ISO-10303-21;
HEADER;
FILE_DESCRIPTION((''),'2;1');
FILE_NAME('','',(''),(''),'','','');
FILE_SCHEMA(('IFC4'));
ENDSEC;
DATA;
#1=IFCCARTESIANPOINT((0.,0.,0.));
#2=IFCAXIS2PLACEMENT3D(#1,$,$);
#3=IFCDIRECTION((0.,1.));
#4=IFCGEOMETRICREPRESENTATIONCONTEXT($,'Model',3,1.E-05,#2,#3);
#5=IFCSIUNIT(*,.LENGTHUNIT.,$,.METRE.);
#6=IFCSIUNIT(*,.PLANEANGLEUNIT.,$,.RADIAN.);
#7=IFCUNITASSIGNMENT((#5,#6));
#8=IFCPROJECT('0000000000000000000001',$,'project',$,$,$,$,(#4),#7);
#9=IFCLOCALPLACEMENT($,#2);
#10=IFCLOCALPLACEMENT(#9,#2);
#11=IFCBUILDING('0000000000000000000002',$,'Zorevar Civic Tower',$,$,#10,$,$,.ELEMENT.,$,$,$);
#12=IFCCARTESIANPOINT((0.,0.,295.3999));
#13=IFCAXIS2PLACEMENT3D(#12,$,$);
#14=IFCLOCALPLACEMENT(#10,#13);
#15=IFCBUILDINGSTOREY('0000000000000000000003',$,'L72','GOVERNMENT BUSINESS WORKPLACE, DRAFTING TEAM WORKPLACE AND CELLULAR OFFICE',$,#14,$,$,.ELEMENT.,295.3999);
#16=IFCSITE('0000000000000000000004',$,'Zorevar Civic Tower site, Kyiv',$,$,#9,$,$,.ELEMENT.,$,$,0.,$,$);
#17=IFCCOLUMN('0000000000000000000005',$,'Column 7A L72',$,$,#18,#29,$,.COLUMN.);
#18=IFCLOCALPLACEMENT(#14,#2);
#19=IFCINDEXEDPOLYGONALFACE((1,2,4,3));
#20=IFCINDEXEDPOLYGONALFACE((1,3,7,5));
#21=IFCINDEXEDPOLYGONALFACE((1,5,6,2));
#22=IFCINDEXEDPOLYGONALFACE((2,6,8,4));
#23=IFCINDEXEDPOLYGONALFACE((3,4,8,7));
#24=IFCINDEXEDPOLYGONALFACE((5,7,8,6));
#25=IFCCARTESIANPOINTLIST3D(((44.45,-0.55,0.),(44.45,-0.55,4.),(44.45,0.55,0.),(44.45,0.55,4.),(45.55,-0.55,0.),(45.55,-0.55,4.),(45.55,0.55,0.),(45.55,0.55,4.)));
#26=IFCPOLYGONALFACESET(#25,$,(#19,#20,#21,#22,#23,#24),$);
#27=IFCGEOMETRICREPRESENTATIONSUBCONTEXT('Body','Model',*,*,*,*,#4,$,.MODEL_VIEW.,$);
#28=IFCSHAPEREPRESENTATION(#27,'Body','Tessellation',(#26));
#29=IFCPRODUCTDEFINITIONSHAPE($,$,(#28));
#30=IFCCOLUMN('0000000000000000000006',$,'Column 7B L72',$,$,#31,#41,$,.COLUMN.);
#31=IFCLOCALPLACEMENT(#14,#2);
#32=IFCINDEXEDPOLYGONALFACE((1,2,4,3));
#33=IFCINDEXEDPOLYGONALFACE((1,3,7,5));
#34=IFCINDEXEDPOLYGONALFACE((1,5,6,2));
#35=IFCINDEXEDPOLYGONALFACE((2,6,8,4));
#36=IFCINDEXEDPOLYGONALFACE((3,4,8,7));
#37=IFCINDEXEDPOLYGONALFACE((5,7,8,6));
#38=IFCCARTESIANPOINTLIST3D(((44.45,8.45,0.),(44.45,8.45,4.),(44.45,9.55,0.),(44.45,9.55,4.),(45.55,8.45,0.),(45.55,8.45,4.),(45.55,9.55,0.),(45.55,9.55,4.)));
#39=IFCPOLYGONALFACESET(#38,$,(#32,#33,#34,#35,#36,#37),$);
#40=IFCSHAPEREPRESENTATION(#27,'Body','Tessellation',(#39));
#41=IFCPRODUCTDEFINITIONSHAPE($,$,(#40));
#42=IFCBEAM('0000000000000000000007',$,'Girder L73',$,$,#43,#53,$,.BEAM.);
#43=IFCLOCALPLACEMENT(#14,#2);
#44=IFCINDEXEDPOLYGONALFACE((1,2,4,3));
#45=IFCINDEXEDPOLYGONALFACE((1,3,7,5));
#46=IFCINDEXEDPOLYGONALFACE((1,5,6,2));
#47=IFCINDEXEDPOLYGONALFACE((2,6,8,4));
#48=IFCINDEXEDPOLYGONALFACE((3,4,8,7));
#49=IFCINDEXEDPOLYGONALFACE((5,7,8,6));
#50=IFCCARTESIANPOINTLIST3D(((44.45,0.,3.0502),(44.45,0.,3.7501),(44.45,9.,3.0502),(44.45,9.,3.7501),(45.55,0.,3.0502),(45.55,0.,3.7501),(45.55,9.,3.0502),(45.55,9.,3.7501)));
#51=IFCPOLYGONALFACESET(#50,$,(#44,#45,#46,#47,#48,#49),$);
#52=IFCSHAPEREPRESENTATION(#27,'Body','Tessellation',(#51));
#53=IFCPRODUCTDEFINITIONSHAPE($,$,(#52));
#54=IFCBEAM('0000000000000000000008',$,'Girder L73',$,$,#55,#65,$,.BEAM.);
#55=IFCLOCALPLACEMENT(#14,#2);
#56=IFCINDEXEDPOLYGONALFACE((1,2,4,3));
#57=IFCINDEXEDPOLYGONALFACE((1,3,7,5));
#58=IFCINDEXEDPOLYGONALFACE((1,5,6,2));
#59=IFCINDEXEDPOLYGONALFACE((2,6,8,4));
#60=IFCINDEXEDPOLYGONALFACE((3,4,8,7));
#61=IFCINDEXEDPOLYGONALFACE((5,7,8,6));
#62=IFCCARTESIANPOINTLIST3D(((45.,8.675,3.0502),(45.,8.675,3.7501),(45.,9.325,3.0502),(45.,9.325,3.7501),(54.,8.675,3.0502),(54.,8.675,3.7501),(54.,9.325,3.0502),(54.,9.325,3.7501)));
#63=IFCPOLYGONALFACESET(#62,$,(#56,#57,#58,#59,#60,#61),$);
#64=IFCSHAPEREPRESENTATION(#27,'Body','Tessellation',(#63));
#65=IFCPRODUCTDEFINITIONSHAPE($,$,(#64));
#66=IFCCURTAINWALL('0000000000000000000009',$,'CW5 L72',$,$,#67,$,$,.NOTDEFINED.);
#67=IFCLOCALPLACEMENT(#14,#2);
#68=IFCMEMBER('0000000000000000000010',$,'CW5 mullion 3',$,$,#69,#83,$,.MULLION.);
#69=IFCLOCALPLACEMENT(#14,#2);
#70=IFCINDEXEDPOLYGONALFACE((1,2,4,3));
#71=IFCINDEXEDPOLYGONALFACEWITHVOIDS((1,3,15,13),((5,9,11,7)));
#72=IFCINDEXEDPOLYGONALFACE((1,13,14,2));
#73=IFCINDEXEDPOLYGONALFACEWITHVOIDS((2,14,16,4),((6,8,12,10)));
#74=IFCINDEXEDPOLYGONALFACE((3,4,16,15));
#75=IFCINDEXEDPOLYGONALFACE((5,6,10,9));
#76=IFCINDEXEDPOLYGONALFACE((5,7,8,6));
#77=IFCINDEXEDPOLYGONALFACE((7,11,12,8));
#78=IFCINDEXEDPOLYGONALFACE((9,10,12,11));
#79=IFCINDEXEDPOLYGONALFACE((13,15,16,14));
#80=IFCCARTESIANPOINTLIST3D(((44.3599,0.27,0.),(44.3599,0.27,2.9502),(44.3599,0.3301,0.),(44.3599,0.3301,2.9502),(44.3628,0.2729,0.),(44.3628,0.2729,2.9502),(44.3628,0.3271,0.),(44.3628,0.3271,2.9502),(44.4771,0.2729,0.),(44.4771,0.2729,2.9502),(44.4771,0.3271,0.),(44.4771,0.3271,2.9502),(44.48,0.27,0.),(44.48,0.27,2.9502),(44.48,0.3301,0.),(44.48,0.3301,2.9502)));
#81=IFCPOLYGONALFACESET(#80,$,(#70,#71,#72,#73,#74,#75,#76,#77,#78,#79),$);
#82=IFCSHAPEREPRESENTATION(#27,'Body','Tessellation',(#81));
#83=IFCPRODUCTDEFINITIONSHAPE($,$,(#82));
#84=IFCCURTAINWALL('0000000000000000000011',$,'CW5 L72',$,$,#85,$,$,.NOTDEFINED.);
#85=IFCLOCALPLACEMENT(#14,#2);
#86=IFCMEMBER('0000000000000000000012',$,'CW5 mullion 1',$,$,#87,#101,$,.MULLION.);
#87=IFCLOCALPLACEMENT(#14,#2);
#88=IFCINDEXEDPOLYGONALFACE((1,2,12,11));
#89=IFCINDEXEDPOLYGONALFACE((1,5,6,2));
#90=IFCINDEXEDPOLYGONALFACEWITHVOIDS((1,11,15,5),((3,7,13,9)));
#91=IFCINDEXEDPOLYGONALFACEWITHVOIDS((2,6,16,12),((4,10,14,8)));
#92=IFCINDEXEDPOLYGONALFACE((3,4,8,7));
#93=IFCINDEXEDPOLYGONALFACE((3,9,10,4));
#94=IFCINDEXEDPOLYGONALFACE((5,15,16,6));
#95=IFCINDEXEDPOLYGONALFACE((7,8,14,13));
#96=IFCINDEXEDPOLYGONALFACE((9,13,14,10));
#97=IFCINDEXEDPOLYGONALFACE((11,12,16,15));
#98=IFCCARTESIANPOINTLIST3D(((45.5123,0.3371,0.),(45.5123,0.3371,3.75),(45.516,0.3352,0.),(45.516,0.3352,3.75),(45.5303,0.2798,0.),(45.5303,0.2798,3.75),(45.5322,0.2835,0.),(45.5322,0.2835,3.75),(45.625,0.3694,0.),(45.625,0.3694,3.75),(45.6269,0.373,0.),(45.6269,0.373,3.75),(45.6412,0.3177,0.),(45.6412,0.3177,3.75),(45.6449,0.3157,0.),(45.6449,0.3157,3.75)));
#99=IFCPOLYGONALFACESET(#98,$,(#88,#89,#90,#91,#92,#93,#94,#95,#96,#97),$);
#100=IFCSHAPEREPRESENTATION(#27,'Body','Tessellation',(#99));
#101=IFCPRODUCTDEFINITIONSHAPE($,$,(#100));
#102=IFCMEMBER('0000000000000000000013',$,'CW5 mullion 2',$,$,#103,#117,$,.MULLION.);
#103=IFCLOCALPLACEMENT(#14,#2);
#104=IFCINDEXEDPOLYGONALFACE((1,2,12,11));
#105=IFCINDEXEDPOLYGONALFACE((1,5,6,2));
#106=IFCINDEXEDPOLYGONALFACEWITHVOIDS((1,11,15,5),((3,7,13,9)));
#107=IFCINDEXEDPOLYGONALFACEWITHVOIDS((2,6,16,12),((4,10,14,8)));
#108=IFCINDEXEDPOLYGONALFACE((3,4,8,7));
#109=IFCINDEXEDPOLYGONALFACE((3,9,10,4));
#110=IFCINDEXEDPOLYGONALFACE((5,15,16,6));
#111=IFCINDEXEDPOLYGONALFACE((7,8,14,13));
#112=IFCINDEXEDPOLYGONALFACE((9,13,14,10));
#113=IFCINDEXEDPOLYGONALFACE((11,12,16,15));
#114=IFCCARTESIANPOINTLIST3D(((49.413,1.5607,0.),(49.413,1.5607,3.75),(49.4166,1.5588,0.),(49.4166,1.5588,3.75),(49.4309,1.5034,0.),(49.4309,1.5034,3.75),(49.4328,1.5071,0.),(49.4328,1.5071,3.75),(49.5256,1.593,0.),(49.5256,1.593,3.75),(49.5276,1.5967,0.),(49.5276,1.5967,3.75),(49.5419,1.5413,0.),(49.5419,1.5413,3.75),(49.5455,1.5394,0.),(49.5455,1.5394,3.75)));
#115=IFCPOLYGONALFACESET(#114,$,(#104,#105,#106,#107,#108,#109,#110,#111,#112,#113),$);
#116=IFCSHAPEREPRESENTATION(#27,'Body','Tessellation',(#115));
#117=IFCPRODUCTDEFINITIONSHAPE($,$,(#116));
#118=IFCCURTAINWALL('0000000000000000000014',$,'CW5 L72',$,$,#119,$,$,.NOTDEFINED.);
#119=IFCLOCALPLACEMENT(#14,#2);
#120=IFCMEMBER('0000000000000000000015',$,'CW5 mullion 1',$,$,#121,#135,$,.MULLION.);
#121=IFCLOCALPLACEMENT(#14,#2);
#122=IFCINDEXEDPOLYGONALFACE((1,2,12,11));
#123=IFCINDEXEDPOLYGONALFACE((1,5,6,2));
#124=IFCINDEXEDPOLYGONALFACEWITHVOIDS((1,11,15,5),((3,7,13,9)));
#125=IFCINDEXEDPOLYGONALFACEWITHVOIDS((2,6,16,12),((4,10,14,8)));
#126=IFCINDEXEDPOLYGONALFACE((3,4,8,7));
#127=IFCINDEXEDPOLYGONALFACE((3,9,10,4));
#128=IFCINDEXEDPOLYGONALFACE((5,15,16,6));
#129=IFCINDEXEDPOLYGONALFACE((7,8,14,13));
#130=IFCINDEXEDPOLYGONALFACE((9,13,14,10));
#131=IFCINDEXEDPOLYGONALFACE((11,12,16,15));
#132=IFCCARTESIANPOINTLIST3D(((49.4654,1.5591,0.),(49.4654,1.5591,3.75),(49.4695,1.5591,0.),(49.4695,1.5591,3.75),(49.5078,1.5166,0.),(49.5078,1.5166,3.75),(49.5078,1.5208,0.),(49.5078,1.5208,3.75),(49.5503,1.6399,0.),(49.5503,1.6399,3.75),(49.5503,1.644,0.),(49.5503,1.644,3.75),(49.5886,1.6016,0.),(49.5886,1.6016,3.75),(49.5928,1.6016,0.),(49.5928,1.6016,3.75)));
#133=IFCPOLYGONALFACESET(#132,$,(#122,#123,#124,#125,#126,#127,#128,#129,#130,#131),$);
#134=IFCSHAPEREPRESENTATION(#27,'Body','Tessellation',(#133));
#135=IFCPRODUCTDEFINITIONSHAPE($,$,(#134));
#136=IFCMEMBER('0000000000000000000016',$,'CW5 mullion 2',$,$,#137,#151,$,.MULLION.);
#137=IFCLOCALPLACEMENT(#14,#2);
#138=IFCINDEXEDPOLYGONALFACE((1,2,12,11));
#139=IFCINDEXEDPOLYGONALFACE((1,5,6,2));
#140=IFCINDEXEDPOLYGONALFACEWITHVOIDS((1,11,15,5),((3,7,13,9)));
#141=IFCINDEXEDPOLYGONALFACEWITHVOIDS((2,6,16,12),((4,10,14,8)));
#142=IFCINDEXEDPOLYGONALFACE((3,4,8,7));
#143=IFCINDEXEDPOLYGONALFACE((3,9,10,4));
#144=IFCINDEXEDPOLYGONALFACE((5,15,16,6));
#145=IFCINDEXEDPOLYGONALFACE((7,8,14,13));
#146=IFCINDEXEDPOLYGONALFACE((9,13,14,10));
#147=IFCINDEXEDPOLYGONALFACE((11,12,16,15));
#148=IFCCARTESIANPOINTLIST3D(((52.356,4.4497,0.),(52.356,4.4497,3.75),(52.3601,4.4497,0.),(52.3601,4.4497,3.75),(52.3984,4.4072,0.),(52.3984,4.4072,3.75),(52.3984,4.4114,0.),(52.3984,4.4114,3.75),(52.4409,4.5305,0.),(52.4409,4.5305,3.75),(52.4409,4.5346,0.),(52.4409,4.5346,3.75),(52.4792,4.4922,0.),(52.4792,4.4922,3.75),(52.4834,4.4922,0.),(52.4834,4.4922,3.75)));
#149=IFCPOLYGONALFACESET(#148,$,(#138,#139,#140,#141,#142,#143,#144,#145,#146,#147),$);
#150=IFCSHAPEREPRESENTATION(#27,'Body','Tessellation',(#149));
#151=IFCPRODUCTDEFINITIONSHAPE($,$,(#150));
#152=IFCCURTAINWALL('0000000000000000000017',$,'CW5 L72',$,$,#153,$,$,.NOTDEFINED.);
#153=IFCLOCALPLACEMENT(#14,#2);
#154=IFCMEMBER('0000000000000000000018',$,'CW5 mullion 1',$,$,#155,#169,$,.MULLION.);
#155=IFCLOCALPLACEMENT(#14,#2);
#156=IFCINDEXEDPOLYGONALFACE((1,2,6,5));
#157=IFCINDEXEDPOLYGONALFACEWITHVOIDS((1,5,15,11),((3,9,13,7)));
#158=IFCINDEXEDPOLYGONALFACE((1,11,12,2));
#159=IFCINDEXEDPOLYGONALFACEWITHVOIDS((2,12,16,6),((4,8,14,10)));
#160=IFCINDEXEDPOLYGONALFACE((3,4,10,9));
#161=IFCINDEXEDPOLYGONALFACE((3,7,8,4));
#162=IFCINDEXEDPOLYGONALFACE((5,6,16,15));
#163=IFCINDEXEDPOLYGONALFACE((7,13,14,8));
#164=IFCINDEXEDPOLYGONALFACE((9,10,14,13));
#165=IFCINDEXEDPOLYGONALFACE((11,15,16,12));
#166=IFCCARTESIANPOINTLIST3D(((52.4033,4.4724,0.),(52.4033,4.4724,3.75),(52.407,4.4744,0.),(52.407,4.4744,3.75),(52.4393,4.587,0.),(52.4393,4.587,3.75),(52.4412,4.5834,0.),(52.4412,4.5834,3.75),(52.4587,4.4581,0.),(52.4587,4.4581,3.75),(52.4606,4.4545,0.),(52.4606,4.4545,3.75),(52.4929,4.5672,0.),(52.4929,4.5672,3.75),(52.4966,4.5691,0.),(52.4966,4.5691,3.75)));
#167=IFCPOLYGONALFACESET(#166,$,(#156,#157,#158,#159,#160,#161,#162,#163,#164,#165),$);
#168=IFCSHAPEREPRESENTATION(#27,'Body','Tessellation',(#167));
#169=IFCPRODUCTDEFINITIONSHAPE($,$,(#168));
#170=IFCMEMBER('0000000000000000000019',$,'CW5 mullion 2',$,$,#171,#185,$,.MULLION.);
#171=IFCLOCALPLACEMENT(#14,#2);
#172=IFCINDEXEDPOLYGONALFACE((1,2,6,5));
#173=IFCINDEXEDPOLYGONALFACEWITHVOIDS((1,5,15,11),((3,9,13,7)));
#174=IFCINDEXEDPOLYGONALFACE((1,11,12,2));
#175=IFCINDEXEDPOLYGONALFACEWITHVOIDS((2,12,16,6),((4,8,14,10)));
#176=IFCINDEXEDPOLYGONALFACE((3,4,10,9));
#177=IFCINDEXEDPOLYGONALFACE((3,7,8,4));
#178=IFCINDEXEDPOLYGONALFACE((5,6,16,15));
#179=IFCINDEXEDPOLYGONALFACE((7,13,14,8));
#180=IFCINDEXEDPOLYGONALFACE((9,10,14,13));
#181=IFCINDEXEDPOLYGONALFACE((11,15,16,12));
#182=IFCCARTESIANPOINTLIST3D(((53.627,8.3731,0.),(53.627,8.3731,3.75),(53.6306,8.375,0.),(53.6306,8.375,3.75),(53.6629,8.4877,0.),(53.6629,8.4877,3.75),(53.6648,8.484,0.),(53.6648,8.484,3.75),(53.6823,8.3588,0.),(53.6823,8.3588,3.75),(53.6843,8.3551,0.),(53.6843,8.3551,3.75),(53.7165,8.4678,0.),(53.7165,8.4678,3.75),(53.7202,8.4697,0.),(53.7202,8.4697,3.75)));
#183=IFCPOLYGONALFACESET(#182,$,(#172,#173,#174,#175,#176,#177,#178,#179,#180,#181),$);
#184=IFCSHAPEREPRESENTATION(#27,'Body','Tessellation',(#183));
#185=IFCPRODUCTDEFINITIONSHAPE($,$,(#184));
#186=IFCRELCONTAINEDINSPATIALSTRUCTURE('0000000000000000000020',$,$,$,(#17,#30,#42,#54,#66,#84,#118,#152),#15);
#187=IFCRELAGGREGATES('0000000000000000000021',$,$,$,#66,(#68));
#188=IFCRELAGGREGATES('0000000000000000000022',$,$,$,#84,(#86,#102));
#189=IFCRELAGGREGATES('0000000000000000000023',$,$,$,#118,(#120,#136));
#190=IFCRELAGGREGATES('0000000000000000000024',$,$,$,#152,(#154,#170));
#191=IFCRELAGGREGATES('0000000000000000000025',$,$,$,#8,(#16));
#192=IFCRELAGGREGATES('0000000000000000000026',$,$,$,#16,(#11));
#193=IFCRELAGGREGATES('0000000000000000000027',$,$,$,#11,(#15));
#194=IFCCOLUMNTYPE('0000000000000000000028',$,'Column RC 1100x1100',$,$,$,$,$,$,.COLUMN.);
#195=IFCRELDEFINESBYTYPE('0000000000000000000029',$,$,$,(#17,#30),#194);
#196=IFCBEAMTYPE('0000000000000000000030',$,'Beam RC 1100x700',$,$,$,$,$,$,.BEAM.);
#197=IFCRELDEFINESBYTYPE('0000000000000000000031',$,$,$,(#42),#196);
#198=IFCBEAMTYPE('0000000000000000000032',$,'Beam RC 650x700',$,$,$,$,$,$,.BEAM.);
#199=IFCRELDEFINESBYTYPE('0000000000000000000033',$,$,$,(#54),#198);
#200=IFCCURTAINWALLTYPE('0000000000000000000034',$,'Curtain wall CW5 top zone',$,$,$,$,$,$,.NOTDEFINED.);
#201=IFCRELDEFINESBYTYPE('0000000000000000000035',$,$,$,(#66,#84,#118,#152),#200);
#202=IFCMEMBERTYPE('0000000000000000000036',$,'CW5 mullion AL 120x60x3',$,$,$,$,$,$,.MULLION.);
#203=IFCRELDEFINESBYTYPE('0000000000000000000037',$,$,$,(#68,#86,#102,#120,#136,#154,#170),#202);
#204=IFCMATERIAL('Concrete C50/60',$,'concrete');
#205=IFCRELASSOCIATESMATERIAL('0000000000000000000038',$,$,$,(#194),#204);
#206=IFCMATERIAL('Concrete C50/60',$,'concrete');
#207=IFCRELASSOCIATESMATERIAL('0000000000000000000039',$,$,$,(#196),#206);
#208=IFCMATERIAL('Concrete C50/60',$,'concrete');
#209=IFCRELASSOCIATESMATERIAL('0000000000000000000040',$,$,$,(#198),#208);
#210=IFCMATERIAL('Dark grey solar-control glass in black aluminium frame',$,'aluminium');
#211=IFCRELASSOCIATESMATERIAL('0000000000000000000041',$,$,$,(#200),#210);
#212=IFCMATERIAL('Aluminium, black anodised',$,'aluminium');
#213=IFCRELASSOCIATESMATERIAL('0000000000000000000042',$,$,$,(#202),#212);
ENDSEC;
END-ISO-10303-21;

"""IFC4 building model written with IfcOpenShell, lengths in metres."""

from ifc_helpers import new_model, si_unit, direction, frame, origin, origin_2d, place, context, subcontext, project, spatial, rectangle, hollow_rectangle, extrude, material, material_profile, profile_set, type_object, element, aggregate, save


model = new_model("IFC4")

# Units and contexts
model_context = context("Model", 3, precision=1e-05, world=origin(), true_north=direction((0.0, 1.0)))
body_context = subcontext(model_context, "Body", "Model", "MODEL_VIEW")
ifc_project = project(units=[si_unit("LENGTHUNIT", "METRE"), si_unit("PLANEANGLEUNIT", "RADIAN")], contexts=[model_context])

# Site, building, storey
site_placement = place(None, origin())
site = spatial("IfcSite", under=ifc_project, at=site_placement, Name="Zorevar Civic Tower site, Kyiv", CompositionType="ELEMENT", RefElevation=0.0)
building_placement = place(site_placement, origin())
building = spatial("IfcBuilding", under=site, at=building_placement, Name="Zorevar Civic Tower", CompositionType="ELEMENT")
storey_placement = place(building_placement, frame((0.0, 0.0, 295.3999)))
storey = spatial("IfcBuildingStorey", under=building, at=storey_placement, Name="L72", Description="GOVERNMENT BUSINESS WORKPLACE, DRAFTING TEAM WORKPLACE AND CELLULAR OFFICE", CompositionType="ELEMENT", Elevation=295.3999)

# Columns
ifc_material_1 = material(Name="Concrete C50/60", Category="concrete")
ifc_material_profile_1 = material_profile(ifc_material_1, rectangle(XDim=1.1001, YDim=1.1001, at=origin_2d()), Name="RC 1100x1100")
ifc_profile_set_1 = profile_set([ifc_material_profile_1], Name="Concrete C50/60")
column_type = type_object("IfcColumnType", Name="Column RC 1100x1100", PredefinedType="COLUMN", material=ifc_profile_set_1)
for number, where, z_axis, x_axis, name in (
    (1, (45.0, 0.0, 0.0), (0.0, 0.0, 1.0), (1.0, 0.0, 0.0), "Column 7A L72"),
    (2, (45.0, 9.0, 0.0), (0.0, 0.0, 1.0), (1.0, 0.0, 0.0), "Column 7B L72"),
):
    element("IfcColumn", number, at=place(storey_placement, frame(where, z_axis=z_axis, x_axis=x_axis)), inside=storey, type_object=column_type, Name=name, PredefinedType="COLUMN", context=body_context, shape_type="SweptSolid", body=[
        extrude(rectangle(XDim=1.1001, YDim=1.1001, at=origin_2d()), origin(), (0.0, 0.0, 1.0), 4.0),
    ])

# Beams
ifc_material_2 = material(Name="Concrete C50/60", Category="concrete")
ifc_material_profile_2 = material_profile(ifc_material_2, rectangle(XDim=1.1001, YDim=0.7, at=origin_2d()), Name="RC 1100x700")
ifc_profile_set_2 = profile_set([ifc_material_profile_2], Name="Concrete C50/60")
beam_type_1 = type_object("IfcBeamType", Name="Beam RC 1100x700", PredefinedType="BEAM", material=ifc_profile_set_2)
beam_1_placement = place(storey_placement, frame((45.0, 0.0, 3.4001), z_axis=(0.0, 1.0, 0.0), x_axis=(-1.0, 0.0, 0.0)))
element("IfcBeam", 3, at=beam_1_placement, inside=storey, type_object=beam_type_1, Name="Girder L73", PredefinedType="BEAM", context=body_context, shape_type="SweptSolid", body=[
    extrude(rectangle(XDim=1.1001, YDim=0.7, at=origin_2d()), origin(), (0.0, 0.0, 1.0), 9.0),
])
ifc_material_3 = material(Name="Concrete C50/60", Category="concrete")
ifc_material_profile_3 = material_profile(ifc_material_3, rectangle(XDim=0.6499, YDim=0.7, at=origin_2d()), Name="RC 650x700")
ifc_profile_set_3 = profile_set([ifc_material_profile_3], Name="Concrete C50/60")
beam_type_2 = type_object("IfcBeamType", Name="Beam RC 650x700", PredefinedType="BEAM", material=ifc_profile_set_3)
beam_2_placement = place(storey_placement, frame((45.0, 9.0, 3.4001), z_axis=(1.0, 0.0, 0.0), x_axis=(0.0, 1.0, 0.0)))
element("IfcBeam", 4, at=beam_2_placement, inside=storey, type_object=beam_type_2, Name="Girder L73", PredefinedType="BEAM", context=body_context, shape_type="SweptSolid", body=[
    extrude(rectangle(XDim=0.6499, YDim=0.7, at=origin_2d()), origin(), (0.0, 0.0, 1.0), 9.0),
])

# Curtain wall, member
ifc_material_4 = material(Name="Dark grey solar-control glass in black aluminium frame", Category="aluminium")
curtain_wall_type = type_object("IfcCurtainWallType", Name="Curtain wall CW5 top zone", PredefinedType="NOTDEFINED", material=ifc_material_4)
curtain_wall_1_placement = place(storey_placement, origin())
curtain_wall_1 = element("IfcCurtainWall", 5, at=curtain_wall_1_placement, inside=storey, type_object=curtain_wall_type, Name="CW5 L72", PredefinedType="NOTDEFINED")
ifc_material_5 = material(Name="Aluminium, black anodised", Category="aluminium")
ifc_material_profile_4 = material_profile(ifc_material_5, hollow_rectangle(XDim=0.0601, YDim=0.1201, WallThickness=0.0029, at=origin_2d()), Name="AL 120x60x3")
ifc_profile_set_4 = profile_set([ifc_material_profile_4], Name="Aluminium, black anodised")
member_type_1 = type_object("IfcMemberType", Name="CW5 mullion AL 120x60x3", PredefinedType="MULLION", material=ifc_profile_set_4)
member_1_placement = place(storey_placement, frame((44.4199, 0.3, 0.0), z_axis=(0.0, 0.0, 1.0), x_axis=(0.0, 1.0, 0.0)))
member_1 = element("IfcMember", 6, at=member_1_placement, type_object=member_type_1, Name="CW5 mullion 3", PredefinedType="MULLION", context=body_context, shape_type="SweptSolid", body=[
    extrude(hollow_rectangle(XDim=0.0601, YDim=0.1201, WallThickness=0.0029, at=origin_2d()), origin(), (0.0, 0.0, 1.0), 2.9502),
])

# Curtain walls, members
curtain_wall_2_placement = place(storey_placement, origin())
curtain_wall_2 = element("IfcCurtainWall", 7, at=curtain_wall_2_placement, inside=storey, type_object=curtain_wall_type, Name="CW5 L72", PredefinedType="NOTDEFINED")
member_2_placement = place(storey_placement, frame((45.5786, 0.3264, 0.0), z_axis=(0.0, 0.0, 1.0), x_axis=(-0.299318, 0.954153, 0.0)))
member_2 = element("IfcMember", 8, at=member_2_placement, type_object=member_type_1, Name="CW5 mullion 1", PredefinedType="MULLION", context=body_context, shape_type="SweptSolid", body=[
    extrude(hollow_rectangle(XDim=0.0601, YDim=0.1201, WallThickness=0.0029, at=origin_2d()), origin(), (0.0, 0.0, 1.0), 3.75),
])
member_3_placement = place(storey_placement, frame((49.4792, 1.55, 0.0), z_axis=(0.0, 0.0, 1.0), x_axis=(-0.299318, 0.954153, 0.0)))
member_3 = element("IfcMember", 9, at=member_3_placement, type_object=member_type_1, Name="CW5 mullion 2", PredefinedType="MULLION", context=body_context, shape_type="SweptSolid", body=[
    extrude(hollow_rectangle(XDim=0.0601, YDim=0.1201, WallThickness=0.0029, at=origin_2d()), origin(), (0.0, 0.0, 1.0), 3.75),
])
curtain_wall_3_placement = place(storey_placement, origin())
curtain_wall_3 = element("IfcCurtainWall", 10, at=curtain_wall_3_placement, inside=storey, type_object=curtain_wall_type, Name="CW5 L72", PredefinedType="NOTDEFINED")
member_4_placement = place(storey_placement, frame((49.5291, 1.5803, 0.0), z_axis=(0.0, 0.0, 1.0), x_axis=(-0.707107, 0.707107, 0.0)))
member_4 = element("IfcMember", 11, at=member_4_placement, type_object=member_type_1, Name="CW5 mullion 1", PredefinedType="MULLION", context=body_context, shape_type="SweptSolid", body=[
    extrude(hollow_rectangle(XDim=0.0601, YDim=0.1201, WallThickness=0.0029, at=origin_2d()), origin(), (0.0, 0.0, 1.0), 3.75),
])
member_5_placement = place(storey_placement, frame((52.4197, 4.4709, 0.0), z_axis=(0.0, 0.0, 1.0), x_axis=(-0.707107, 0.707107, 0.0)))
member_5 = element("IfcMember", 12, at=member_5_placement, type_object=member_type_1, Name="CW5 mullion 2", PredefinedType="MULLION", context=body_context, shape_type="SweptSolid", body=[
    extrude(hollow_rectangle(XDim=0.0601, YDim=0.1201, WallThickness=0.0029, at=origin_2d()), origin(), (0.0, 0.0, 1.0), 3.75),
])
curtain_wall_4_placement = place(storey_placement, origin())
curtain_wall_4 = element("IfcCurtainWall", 13, at=curtain_wall_4_placement, inside=storey, type_object=curtain_wall_type, Name="CW5 L72", PredefinedType="NOTDEFINED")
member_6_placement = place(storey_placement, frame((52.45, 4.5208, 0.0), z_axis=(0.0, 0.0, 1.0), x_axis=(-0.954153, 0.299318, 0.0)))
member_6 = element("IfcMember", 14, at=member_6_placement, type_object=member_type_1, Name="CW5 mullion 1", PredefinedType="MULLION", context=body_context, shape_type="SweptSolid", body=[
    extrude(hollow_rectangle(XDim=0.0601, YDim=0.1201, WallThickness=0.0029, at=origin_2d()), origin(), (0.0, 0.0, 1.0), 3.75),
])
member_7_placement = place(storey_placement, frame((53.6736, 8.4214, 0.0), z_axis=(0.0, 0.0, 1.0), x_axis=(-0.954153, 0.299318, 0.0)))
member_7 = element("IfcMember", 15, at=member_7_placement, type_object=member_type_1, Name="CW5 mullion 2", PredefinedType="MULLION", context=body_context, shape_type="SweptSolid", body=[
    extrude(hollow_rectangle(XDim=0.0601, YDim=0.1201, WallThickness=0.0029, at=origin_2d()), origin(), (0.0, 0.0, 1.0), 3.75),
])

aggregate(curtain_wall_1, [member_1])
aggregate(curtain_wall_2, [member_2, member_3])
aggregate(curtain_wall_3, [member_4, member_5])
aggregate(curtain_wall_4, [member_6, member_7])

save(model, "model.ifc")
